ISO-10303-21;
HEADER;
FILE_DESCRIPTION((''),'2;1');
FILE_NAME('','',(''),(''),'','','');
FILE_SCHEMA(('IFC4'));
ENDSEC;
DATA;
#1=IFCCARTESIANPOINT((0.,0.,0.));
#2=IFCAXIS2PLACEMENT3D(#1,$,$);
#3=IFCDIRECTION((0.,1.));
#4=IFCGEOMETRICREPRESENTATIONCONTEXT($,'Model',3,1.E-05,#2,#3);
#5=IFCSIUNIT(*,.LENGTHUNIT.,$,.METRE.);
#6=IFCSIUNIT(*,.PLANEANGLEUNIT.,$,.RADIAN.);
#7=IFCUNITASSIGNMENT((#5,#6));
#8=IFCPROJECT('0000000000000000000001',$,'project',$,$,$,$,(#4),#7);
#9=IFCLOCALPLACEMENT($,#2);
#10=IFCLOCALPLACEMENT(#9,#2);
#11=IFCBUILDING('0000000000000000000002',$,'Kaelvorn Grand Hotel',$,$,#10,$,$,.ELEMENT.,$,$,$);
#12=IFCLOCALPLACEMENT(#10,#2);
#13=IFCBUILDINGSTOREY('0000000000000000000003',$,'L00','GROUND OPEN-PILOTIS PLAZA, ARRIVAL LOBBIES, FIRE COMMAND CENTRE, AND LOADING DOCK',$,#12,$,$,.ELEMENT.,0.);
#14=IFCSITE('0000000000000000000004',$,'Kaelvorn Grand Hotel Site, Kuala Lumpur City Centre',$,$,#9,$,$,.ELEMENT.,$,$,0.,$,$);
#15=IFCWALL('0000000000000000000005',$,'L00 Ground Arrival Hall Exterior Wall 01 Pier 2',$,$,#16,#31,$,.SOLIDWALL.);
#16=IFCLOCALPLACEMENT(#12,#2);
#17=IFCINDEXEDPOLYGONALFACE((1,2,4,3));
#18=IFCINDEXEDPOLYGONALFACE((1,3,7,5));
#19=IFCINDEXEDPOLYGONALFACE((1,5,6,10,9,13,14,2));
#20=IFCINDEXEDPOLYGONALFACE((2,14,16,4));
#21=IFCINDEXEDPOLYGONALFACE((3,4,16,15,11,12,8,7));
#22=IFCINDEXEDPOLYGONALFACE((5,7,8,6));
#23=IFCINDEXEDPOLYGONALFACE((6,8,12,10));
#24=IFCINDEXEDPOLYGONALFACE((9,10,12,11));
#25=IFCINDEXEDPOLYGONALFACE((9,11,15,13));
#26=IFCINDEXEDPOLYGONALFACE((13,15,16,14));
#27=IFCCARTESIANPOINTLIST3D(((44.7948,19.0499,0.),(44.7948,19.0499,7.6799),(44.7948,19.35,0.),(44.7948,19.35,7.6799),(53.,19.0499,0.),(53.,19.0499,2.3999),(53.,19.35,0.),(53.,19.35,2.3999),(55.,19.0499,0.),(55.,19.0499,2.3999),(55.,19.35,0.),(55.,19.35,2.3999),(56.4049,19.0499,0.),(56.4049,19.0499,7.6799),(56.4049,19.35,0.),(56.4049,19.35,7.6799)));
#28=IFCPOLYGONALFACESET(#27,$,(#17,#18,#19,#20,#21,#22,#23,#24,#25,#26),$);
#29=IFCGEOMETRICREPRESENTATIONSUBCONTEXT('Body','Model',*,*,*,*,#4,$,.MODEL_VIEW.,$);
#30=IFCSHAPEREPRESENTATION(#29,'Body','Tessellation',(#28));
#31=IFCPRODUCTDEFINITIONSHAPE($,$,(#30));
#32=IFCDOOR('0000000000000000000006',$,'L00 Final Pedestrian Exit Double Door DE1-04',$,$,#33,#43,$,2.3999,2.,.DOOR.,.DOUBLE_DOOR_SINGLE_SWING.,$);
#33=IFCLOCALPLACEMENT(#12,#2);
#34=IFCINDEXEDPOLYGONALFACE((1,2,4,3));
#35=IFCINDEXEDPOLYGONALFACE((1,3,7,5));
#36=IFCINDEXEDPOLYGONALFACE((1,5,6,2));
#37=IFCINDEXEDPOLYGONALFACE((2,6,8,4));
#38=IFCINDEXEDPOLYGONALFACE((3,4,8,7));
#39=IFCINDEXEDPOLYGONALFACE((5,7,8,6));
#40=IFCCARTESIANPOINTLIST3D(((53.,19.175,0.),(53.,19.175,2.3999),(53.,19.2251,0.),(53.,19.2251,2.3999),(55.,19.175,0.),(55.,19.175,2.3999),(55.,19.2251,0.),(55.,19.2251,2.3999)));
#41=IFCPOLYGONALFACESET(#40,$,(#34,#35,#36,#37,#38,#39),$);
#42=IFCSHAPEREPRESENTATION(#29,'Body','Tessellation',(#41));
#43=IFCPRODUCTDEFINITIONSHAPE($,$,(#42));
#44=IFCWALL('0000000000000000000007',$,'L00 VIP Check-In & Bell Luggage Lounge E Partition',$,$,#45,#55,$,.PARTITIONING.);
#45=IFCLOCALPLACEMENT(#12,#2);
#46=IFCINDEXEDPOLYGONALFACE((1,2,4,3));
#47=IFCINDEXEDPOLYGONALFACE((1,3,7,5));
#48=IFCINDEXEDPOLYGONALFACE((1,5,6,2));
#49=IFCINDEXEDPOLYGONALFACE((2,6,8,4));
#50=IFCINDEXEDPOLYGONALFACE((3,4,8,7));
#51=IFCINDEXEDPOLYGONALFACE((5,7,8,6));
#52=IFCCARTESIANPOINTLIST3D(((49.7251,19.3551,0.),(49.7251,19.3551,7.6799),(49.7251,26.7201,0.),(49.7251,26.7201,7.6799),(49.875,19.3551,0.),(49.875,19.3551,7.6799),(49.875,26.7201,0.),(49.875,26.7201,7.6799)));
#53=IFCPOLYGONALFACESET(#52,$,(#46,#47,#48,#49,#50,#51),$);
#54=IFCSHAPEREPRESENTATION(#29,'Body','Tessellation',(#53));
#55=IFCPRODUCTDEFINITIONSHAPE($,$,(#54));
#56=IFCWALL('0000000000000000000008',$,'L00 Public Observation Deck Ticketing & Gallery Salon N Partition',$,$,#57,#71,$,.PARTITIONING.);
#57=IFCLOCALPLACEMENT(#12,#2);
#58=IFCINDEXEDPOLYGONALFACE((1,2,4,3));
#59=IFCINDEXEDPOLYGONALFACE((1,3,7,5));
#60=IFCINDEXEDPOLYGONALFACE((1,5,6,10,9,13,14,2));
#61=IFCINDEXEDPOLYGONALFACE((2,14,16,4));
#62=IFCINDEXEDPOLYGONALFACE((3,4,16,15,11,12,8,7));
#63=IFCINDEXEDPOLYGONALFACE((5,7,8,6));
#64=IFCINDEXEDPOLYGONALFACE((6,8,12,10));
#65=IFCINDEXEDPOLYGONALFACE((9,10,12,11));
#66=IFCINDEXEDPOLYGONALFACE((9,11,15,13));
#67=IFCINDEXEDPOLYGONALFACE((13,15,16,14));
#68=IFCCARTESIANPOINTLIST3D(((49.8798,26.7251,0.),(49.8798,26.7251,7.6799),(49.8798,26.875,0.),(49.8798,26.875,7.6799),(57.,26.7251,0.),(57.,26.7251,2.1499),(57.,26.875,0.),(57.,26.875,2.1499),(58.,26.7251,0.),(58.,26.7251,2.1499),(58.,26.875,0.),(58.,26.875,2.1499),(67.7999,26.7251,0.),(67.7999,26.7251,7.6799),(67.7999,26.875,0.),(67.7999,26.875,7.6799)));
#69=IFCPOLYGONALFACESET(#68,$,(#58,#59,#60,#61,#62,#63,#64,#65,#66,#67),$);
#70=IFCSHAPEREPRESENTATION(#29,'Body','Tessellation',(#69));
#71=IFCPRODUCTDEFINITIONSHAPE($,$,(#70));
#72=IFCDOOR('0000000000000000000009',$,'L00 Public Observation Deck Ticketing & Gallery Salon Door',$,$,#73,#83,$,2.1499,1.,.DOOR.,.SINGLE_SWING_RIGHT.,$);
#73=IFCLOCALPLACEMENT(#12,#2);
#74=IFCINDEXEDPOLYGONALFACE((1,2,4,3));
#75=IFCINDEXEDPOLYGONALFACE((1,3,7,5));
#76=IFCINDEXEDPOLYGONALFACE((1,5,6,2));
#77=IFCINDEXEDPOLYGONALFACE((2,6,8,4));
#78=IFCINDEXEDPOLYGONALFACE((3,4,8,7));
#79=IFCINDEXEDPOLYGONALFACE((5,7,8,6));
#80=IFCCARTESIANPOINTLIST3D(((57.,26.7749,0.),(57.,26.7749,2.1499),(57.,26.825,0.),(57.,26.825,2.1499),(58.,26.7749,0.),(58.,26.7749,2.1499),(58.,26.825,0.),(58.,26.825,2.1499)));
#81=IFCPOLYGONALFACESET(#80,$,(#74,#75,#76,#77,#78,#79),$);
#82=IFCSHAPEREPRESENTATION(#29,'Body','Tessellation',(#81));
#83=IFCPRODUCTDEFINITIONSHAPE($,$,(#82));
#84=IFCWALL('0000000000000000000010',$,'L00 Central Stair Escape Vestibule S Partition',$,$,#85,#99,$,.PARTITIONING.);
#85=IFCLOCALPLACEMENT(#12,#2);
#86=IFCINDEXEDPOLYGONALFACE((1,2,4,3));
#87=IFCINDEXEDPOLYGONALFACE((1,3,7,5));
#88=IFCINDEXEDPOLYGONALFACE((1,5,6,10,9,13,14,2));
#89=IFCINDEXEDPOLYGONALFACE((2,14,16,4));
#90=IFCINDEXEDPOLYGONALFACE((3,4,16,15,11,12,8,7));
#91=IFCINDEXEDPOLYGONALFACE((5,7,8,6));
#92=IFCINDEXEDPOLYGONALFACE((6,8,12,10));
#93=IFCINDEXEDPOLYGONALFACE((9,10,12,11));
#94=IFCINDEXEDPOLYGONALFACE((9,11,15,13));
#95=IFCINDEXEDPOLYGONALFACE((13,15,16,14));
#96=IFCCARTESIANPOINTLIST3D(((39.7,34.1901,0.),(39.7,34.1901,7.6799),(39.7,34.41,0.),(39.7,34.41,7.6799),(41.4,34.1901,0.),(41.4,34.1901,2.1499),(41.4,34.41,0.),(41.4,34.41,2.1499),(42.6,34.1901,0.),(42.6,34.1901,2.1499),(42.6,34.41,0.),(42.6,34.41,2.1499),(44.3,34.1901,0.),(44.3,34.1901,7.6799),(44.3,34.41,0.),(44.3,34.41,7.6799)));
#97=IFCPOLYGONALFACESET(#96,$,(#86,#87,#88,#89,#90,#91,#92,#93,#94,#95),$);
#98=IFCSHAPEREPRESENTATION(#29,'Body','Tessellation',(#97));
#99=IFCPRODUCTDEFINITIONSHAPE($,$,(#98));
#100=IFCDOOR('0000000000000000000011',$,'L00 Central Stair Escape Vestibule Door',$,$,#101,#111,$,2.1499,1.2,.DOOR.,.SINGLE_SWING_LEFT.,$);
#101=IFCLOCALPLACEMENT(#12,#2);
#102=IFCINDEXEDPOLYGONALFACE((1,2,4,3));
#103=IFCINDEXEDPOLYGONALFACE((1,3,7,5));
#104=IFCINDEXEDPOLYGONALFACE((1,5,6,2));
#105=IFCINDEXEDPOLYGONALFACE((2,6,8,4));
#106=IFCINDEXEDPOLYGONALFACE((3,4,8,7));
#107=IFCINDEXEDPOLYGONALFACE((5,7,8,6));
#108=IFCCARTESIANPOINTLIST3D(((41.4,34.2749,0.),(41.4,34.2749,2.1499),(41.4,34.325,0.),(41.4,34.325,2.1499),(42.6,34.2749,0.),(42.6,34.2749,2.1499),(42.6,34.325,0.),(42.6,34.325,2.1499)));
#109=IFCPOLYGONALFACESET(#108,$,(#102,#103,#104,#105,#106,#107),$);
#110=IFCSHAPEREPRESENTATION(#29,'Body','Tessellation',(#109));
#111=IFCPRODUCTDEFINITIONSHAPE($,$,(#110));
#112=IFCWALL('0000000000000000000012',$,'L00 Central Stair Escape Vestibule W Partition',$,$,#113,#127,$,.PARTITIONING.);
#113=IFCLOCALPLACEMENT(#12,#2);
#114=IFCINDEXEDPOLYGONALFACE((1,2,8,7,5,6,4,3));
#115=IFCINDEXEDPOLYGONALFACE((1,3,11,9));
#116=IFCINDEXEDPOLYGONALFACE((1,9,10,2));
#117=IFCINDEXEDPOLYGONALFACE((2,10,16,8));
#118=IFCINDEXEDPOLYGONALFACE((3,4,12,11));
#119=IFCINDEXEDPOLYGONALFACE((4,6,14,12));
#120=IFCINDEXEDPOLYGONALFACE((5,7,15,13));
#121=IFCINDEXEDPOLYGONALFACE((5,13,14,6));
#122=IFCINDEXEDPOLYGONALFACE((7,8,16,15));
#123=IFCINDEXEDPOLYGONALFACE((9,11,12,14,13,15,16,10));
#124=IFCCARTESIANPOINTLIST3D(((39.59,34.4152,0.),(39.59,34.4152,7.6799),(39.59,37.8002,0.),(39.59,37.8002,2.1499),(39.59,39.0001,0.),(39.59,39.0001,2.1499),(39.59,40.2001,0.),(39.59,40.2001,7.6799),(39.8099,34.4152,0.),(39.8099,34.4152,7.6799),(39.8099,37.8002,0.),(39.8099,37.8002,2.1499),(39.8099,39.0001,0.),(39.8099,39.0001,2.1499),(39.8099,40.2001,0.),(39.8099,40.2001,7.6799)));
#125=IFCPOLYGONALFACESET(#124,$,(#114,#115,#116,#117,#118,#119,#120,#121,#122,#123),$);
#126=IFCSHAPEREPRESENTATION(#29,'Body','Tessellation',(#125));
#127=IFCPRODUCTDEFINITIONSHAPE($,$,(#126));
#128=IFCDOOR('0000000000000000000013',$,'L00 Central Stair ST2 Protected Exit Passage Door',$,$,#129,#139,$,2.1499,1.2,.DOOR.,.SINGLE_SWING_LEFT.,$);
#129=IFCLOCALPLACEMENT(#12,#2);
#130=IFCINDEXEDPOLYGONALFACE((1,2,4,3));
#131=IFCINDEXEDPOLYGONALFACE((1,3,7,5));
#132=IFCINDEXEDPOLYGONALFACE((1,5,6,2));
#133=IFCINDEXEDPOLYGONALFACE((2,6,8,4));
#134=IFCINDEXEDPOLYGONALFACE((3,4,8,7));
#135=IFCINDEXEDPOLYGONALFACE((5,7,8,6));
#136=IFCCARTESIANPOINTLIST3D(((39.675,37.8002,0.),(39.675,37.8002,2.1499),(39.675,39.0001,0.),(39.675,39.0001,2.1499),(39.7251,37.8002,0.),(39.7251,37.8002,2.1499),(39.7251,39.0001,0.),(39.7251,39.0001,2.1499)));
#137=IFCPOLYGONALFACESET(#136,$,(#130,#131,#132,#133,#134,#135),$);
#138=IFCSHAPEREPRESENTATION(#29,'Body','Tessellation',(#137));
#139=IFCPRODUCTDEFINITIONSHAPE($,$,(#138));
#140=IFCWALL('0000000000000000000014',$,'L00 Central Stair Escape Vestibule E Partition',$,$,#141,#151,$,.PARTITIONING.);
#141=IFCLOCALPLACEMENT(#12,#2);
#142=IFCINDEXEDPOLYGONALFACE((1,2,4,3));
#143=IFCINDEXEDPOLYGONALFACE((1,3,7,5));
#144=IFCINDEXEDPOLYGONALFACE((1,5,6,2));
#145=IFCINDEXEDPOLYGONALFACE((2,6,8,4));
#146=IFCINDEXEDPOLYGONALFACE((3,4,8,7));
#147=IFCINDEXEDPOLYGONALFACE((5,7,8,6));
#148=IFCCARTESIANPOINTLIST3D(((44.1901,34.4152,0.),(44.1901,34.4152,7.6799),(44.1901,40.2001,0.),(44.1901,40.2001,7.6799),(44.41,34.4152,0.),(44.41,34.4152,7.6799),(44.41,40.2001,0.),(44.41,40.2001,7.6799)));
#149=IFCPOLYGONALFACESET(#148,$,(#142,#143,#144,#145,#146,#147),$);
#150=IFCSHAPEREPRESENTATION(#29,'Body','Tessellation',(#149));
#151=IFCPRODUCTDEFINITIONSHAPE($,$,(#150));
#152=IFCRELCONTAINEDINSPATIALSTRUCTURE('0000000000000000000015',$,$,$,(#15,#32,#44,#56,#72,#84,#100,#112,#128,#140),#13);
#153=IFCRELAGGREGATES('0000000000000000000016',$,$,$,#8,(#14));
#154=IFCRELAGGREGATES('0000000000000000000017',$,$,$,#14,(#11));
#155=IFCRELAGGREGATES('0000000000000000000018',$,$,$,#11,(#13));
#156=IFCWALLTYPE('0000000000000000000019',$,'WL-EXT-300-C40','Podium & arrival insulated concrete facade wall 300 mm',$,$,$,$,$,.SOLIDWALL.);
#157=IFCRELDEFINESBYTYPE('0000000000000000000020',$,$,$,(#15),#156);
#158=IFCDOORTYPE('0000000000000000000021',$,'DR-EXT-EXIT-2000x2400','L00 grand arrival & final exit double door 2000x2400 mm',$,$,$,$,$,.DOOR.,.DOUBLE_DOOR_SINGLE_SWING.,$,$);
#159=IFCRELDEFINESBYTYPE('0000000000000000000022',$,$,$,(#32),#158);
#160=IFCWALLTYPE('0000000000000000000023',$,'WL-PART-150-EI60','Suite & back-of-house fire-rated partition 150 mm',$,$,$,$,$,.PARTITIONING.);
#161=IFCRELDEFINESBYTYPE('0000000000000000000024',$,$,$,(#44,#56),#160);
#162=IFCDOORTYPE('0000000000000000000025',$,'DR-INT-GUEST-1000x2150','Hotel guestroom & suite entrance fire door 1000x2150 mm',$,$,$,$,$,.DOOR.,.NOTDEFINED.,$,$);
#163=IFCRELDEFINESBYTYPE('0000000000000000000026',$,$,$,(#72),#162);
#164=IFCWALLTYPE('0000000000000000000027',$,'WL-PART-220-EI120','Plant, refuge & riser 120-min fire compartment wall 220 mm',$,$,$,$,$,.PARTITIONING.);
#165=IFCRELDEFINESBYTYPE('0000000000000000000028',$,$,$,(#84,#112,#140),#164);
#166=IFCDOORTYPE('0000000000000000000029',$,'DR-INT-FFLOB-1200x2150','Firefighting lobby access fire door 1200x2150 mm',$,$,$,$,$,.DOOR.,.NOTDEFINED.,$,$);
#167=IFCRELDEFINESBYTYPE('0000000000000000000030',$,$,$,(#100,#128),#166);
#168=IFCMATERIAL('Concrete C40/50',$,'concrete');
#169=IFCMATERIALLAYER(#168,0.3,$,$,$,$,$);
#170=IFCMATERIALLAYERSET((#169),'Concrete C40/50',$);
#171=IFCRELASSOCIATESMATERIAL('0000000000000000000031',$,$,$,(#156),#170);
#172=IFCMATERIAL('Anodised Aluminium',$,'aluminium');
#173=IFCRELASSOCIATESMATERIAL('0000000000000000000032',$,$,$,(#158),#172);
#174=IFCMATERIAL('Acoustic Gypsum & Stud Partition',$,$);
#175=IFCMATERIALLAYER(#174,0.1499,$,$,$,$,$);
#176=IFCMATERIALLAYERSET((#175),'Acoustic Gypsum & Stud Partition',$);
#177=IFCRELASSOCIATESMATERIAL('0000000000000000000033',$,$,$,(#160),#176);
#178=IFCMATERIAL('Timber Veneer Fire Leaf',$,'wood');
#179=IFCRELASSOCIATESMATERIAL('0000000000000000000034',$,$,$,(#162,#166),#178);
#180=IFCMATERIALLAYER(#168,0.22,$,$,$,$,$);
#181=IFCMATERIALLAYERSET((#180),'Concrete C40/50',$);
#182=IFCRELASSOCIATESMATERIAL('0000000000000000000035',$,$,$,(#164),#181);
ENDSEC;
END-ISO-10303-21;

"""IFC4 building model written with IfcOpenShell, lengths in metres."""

from ifc_helpers import new_model, si_unit, direction, frame, frame_2d, origin, place, context, subcontext, project, spatial, rectangle, extrude, material, layer, layer_set, type_object, element, fill, save


model = new_model("IFC4")

# Units and contexts
model_context = context("Model", 3, precision=1e-05, world=origin(), true_north=direction((0.0, 1.0)))
body_context = subcontext(model_context, "Body", "Model", "MODEL_VIEW")
ifc_project = project(units=[si_unit("LENGTHUNIT", "METRE"), si_unit("PLANEANGLEUNIT", "RADIAN")], contexts=[model_context])

# Site, building, storey
site_placement = place(None, origin())
site = spatial("IfcSite", under=ifc_project, at=site_placement, Name="Kaelvorn Grand Hotel Site, Kuala Lumpur City Centre", CompositionType="ELEMENT", RefElevation=0.0)
building_placement = place(site_placement, origin())
building = spatial("IfcBuilding", under=site, at=building_placement, Name="Kaelvorn Grand Hotel", CompositionType="ELEMENT")
storey_placement = place(building_placement, origin())
storey = spatial("IfcBuildingStorey", under=building, at=storey_placement, Name="L00", Description="GROUND OPEN-PILOTIS PLAZA, ARRIVAL LOBBIES, FIRE COMMAND CENTRE, AND LOADING DOCK", CompositionType="ELEMENT", Elevation=0.0)

# Shared definitions
ifc_material_1 = material(Name="Anodised Aluminium", Category="aluminium")

# Wall, opening, door
ifc_material_2 = material(Name="Concrete C40/50", Category="concrete")
ifc_layer_1 = layer(ifc_material_2, 0.3)
ifc_layer_set_1 = layer_set([ifc_layer_1], Name="Concrete C40/50")
wall_type_1 = type_object("IfcWallType", Name="WL-EXT-300-C40", Description="Podium & arrival insulated concrete facade wall 300 mm", PredefinedType="SOLIDWALL", material=ifc_layer_set_1)
wall_1_placement = place(storey_placement, frame((56.405, 19.2, 0.0), z_axis=(0.0, 0.0, 1.0), x_axis=(-1.0, 0.0, 0.0)))
wall_1 = element("IfcWall", 1, at=wall_1_placement, inside=storey, type_object=wall_type_1, Name="L00 Ground Arrival Hall Exterior Wall 01 Pier 2", PredefinedType="SOLIDWALL", context=body_context, shape_type="SweptSolid", body=[
    extrude(rectangle(XDim=11.6101, YDim=0.3, at=frame_2d((5.8052, 0.0))), origin(), (0.0, 0.0, 1.0), 7.6799),
])
opening_1_placement = place(wall_1_placement, frame((1.405, 0.0, 0.0)))
opening_1 = element("IfcOpeningElement", 2, at=opening_1_placement, cuts=wall_1, PredefinedType="OPENING", context=body_context, shape_type="SweptSolid", body=[
    extrude(rectangle(XDim=2.0, YDim=2.3999, at=frame_2d((1.0, 1.2))), frame((0.0, 0.1602, 0.0), z_axis=(0.0, -1.0, 0.0), x_axis=(1.0, 0.0, 0.0)), (0.0, 0.0, 1.0), 0.3201),
])
door_type_1 = type_object("IfcDoorType", Name="DR-EXT-EXIT-2000x2400", Description="L00 grand arrival & final exit double door 2000x2400 mm", OperationType="DOUBLE_DOOR_SINGLE_SWING", PredefinedType="DOOR", material=ifc_material_1)
door_1_placement = place(opening_1_placement, origin())
door_1 = element("IfcDoor", 3, at=door_1_placement, inside=storey, type_object=door_type_1, Name="L00 Final Pedestrian Exit Double Door DE1-04", OperationType="DOUBLE_DOOR_SINGLE_SWING", OverallHeight=2.3999, OverallWidth=2.0, PredefinedType="DOOR", context=body_context, shape_type="SweptSolid", body=[
    extrude(rectangle(XDim=2.0, YDim=2.3999, at=frame_2d((1.0, 1.2))), frame((0.0, 0.0249, 0.0), z_axis=(0.0, -1.0, 0.0), x_axis=(1.0, 0.0, 0.0)), (0.0, 0.0, 1.0), 0.05),
])
fill(opening_1, door_1)

# Wall
ifc_material_3 = material(Name="Acoustic Gypsum & Stud Partition")
ifc_layer_2 = layer(ifc_material_3, 0.1499)
ifc_layer_set_2 = layer_set([ifc_layer_2], Name="Acoustic Gypsum & Stud Partition")
wall_type_2 = type_object("IfcWallType", Name="WL-PART-150-EI60", Description="Suite & back-of-house fire-rated partition 150 mm", PredefinedType="PARTITIONING", material=ifc_layer_set_2)
wall_2_placement = place(storey_placement, frame((49.8, 19.355, 0.0), z_axis=(0.0, 0.0, 1.0), x_axis=(0.0, 1.0, 0.0)))
element("IfcWall", 4, at=wall_2_placement, inside=storey, type_object=wall_type_2, Name="L00 VIP Check-In & Bell Luggage Lounge E Partition", PredefinedType="PARTITIONING", context=body_context, shape_type="SweptSolid", body=[
    extrude(rectangle(XDim=7.365, YDim=0.1499, at=frame_2d((3.6826, 0.0))), origin(), (0.0, 0.0, 1.0), 7.6799),
])

# Walls, openings, doors
wall_3_placement = place(storey_placement, frame((49.8799, 26.8, 0.0), z_axis=(0.0, 0.0, 1.0), x_axis=(1.0, 0.0, 0.0)))
wall_3 = element("IfcWall", 5, at=wall_3_placement, inside=storey, type_object=wall_type_2, Name="L00 Public Observation Deck Ticketing & Gallery Salon N Partition", PredefinedType="PARTITIONING", context=body_context, shape_type="SweptSolid", body=[
    extrude(rectangle(XDim=17.9202, YDim=0.1499, at=frame_2d((8.96, 0.0))), origin(), (0.0, 0.0, 1.0), 7.6799),
])
opening_2_placement = place(wall_3_placement, frame((7.1201, 0.0, 0.0)))
opening_2 = element("IfcOpeningElement", 6, at=opening_2_placement, cuts=wall_3, PredefinedType="OPENING", context=body_context, shape_type="SweptSolid", body=[
    extrude(rectangle(XDim=1.0, YDim=2.1499, at=frame_2d((0.5, 1.075))), frame((0.0, 0.085, 0.0), z_axis=(0.0, -1.0, 0.0), x_axis=(1.0, 0.0, 0.0)), (0.0, 0.0, 1.0), 0.1699),
])
ifc_material_4 = material(Name="Timber Veneer Fire Leaf", Category="wood")
door_type_2 = type_object("IfcDoorType", Name="DR-INT-GUEST-1000x2150", Description="Hotel guestroom & suite entrance fire door 1000x2150 mm", OperationType="NOTDEFINED", PredefinedType="DOOR", material=ifc_material_4)
door_2_placement = place(opening_2_placement, origin())
door_2 = element("IfcDoor", 7, at=door_2_placement, inside=storey, type_object=door_type_2, Name="L00 Public Observation Deck Ticketing & Gallery Salon Door", OperationType="SINGLE_SWING_RIGHT", OverallHeight=2.1499, OverallWidth=1.0, PredefinedType="DOOR", context=body_context, shape_type="SweptSolid", body=[
    extrude(rectangle(XDim=1.0, YDim=2.1499, at=frame_2d((0.5, 1.075))), frame((0.0, 0.0249, 0.0), z_axis=(0.0, -1.0, 0.0), x_axis=(1.0, 0.0, 0.0)), (0.0, 0.0, 1.0), 0.05),
])
fill(opening_2, door_2)
ifc_layer_3 = layer(ifc_material_2, 0.22)
ifc_layer_set_3 = layer_set([ifc_layer_3], Name="Concrete C40/50")
wall_type_3 = type_object("IfcWallType", Name="WL-PART-220-EI120", Description="Plant, refuge & riser 120-min fire compartment wall 220 mm", PredefinedType="PARTITIONING", material=ifc_layer_set_3)
wall_4_placement = place(storey_placement, frame((39.7, 34.3, 0.0), z_axis=(0.0, 0.0, 1.0), x_axis=(1.0, 0.0, 0.0)))
wall_4 = element("IfcWall", 8, at=wall_4_placement, inside=storey, type_object=wall_type_3, Name="L00 Central Stair Escape Vestibule S Partition", PredefinedType="PARTITIONING", context=body_context, shape_type="SweptSolid", body=[
    extrude(rectangle(XDim=4.6001, YDim=0.22, at=frame_2d((2.3, 0.0))), origin(), (0.0, 0.0, 1.0), 7.6799),
])
opening_3_placement = place(wall_4_placement, frame((1.7, 0.0, 0.0)))
opening_3 = element("IfcOpeningElement", 9, at=opening_3_placement, cuts=wall_4, PredefinedType="OPENING", context=body_context, shape_type="SweptSolid", body=[
    extrude(rectangle(XDim=1.2, YDim=2.1499, at=frame_2d((0.6001, 1.075))), frame((0.0, 0.1201, 0.0), z_axis=(0.0, -1.0, 0.0), x_axis=(1.0, 0.0, 0.0)), (0.0, 0.0, 1.0), 0.24),
])
door_type_3 = type_object("IfcDoorType", Name="DR-INT-FFLOB-1200x2150", Description="Firefighting lobby access fire door 1200x2150 mm", OperationType="NOTDEFINED", PredefinedType="DOOR", material=ifc_material_4)
door_3_placement = place(opening_3_placement, origin())
door_3 = element("IfcDoor", 10, at=door_3_placement, inside=storey, type_object=door_type_3, Name="L00 Central Stair Escape Vestibule Door", OperationType="SINGLE_SWING_LEFT", OverallHeight=2.1499, OverallWidth=1.2, PredefinedType="DOOR", context=body_context, shape_type="SweptSolid", body=[
    extrude(rectangle(XDim=1.2, YDim=2.1499, at=frame_2d((0.6001, 1.075))), frame((0.0, 0.0249, 0.0), z_axis=(0.0, -1.0, 0.0), x_axis=(1.0, 0.0, 0.0)), (0.0, 0.0, 1.0), 0.05),
])
fill(opening_3, door_3)
wall_5_placement = place(storey_placement, frame((39.7, 34.415, 0.0), z_axis=(0.0, 0.0, 1.0), x_axis=(0.0, 1.0, 0.0)))
wall_5 = element("IfcWall", 11, at=wall_5_placement, inside=storey, type_object=wall_type_3, Name="L00 Central Stair Escape Vestibule W Partition", PredefinedType="PARTITIONING", context=body_context, shape_type="SweptSolid", body=[
    extrude(rectangle(XDim=5.7849, YDim=0.22, at=frame_2d((2.8926, 0.0))), origin(), (0.0, 0.0, 1.0), 7.6799),
])
opening_4_placement = place(wall_5_placement, frame((3.385, 0.0, 0.0)))
opening_4 = element("IfcOpeningElement", 12, at=opening_4_placement, cuts=wall_5, PredefinedType="OPENING", context=body_context, shape_type="SweptSolid", body=[
    extrude(rectangle(XDim=1.2, YDim=2.1499, at=frame_2d((0.6001, 1.075))), frame((0.0, 0.1201, 0.0), z_axis=(0.0, -1.0, 0.0), x_axis=(1.0, 0.0, 0.0)), (0.0, 0.0, 1.0), 0.24),
])
door_4_placement = place(opening_4_placement, origin())
door_4 = element("IfcDoor", 13, at=door_4_placement, inside=storey, type_object=door_type_3, Name="L00 Central Stair ST2 Protected Exit Passage Door", OperationType="SINGLE_SWING_LEFT", OverallHeight=2.1499, OverallWidth=1.2, PredefinedType="DOOR", context=body_context, shape_type="SweptSolid", body=[
    extrude(rectangle(XDim=1.2, YDim=2.1499, at=frame_2d((0.6001, 1.075))), frame((0.0, 0.0249, 0.0), z_axis=(0.0, -1.0, 0.0), x_axis=(1.0, 0.0, 0.0)), (0.0, 0.0, 1.0), 0.05),
])
fill(opening_4, door_4)

# Wall
wall_6_placement = place(storey_placement, frame((44.3, 34.415, 0.0), z_axis=(0.0, 0.0, 1.0), x_axis=(0.0, 1.0, 0.0)))
element("IfcWall", 14, at=wall_6_placement, inside=storey, type_object=wall_type_3, Name="L00 Central Stair Escape Vestibule E Partition", PredefinedType="PARTITIONING", context=body_context, shape_type="SweptSolid", body=[
    extrude(rectangle(XDim=5.7849, YDim=0.22, at=frame_2d((2.8926, 0.0))), origin(), (0.0, 0.0, 1.0), 7.6799),
])

save(model, "model.ifc")
